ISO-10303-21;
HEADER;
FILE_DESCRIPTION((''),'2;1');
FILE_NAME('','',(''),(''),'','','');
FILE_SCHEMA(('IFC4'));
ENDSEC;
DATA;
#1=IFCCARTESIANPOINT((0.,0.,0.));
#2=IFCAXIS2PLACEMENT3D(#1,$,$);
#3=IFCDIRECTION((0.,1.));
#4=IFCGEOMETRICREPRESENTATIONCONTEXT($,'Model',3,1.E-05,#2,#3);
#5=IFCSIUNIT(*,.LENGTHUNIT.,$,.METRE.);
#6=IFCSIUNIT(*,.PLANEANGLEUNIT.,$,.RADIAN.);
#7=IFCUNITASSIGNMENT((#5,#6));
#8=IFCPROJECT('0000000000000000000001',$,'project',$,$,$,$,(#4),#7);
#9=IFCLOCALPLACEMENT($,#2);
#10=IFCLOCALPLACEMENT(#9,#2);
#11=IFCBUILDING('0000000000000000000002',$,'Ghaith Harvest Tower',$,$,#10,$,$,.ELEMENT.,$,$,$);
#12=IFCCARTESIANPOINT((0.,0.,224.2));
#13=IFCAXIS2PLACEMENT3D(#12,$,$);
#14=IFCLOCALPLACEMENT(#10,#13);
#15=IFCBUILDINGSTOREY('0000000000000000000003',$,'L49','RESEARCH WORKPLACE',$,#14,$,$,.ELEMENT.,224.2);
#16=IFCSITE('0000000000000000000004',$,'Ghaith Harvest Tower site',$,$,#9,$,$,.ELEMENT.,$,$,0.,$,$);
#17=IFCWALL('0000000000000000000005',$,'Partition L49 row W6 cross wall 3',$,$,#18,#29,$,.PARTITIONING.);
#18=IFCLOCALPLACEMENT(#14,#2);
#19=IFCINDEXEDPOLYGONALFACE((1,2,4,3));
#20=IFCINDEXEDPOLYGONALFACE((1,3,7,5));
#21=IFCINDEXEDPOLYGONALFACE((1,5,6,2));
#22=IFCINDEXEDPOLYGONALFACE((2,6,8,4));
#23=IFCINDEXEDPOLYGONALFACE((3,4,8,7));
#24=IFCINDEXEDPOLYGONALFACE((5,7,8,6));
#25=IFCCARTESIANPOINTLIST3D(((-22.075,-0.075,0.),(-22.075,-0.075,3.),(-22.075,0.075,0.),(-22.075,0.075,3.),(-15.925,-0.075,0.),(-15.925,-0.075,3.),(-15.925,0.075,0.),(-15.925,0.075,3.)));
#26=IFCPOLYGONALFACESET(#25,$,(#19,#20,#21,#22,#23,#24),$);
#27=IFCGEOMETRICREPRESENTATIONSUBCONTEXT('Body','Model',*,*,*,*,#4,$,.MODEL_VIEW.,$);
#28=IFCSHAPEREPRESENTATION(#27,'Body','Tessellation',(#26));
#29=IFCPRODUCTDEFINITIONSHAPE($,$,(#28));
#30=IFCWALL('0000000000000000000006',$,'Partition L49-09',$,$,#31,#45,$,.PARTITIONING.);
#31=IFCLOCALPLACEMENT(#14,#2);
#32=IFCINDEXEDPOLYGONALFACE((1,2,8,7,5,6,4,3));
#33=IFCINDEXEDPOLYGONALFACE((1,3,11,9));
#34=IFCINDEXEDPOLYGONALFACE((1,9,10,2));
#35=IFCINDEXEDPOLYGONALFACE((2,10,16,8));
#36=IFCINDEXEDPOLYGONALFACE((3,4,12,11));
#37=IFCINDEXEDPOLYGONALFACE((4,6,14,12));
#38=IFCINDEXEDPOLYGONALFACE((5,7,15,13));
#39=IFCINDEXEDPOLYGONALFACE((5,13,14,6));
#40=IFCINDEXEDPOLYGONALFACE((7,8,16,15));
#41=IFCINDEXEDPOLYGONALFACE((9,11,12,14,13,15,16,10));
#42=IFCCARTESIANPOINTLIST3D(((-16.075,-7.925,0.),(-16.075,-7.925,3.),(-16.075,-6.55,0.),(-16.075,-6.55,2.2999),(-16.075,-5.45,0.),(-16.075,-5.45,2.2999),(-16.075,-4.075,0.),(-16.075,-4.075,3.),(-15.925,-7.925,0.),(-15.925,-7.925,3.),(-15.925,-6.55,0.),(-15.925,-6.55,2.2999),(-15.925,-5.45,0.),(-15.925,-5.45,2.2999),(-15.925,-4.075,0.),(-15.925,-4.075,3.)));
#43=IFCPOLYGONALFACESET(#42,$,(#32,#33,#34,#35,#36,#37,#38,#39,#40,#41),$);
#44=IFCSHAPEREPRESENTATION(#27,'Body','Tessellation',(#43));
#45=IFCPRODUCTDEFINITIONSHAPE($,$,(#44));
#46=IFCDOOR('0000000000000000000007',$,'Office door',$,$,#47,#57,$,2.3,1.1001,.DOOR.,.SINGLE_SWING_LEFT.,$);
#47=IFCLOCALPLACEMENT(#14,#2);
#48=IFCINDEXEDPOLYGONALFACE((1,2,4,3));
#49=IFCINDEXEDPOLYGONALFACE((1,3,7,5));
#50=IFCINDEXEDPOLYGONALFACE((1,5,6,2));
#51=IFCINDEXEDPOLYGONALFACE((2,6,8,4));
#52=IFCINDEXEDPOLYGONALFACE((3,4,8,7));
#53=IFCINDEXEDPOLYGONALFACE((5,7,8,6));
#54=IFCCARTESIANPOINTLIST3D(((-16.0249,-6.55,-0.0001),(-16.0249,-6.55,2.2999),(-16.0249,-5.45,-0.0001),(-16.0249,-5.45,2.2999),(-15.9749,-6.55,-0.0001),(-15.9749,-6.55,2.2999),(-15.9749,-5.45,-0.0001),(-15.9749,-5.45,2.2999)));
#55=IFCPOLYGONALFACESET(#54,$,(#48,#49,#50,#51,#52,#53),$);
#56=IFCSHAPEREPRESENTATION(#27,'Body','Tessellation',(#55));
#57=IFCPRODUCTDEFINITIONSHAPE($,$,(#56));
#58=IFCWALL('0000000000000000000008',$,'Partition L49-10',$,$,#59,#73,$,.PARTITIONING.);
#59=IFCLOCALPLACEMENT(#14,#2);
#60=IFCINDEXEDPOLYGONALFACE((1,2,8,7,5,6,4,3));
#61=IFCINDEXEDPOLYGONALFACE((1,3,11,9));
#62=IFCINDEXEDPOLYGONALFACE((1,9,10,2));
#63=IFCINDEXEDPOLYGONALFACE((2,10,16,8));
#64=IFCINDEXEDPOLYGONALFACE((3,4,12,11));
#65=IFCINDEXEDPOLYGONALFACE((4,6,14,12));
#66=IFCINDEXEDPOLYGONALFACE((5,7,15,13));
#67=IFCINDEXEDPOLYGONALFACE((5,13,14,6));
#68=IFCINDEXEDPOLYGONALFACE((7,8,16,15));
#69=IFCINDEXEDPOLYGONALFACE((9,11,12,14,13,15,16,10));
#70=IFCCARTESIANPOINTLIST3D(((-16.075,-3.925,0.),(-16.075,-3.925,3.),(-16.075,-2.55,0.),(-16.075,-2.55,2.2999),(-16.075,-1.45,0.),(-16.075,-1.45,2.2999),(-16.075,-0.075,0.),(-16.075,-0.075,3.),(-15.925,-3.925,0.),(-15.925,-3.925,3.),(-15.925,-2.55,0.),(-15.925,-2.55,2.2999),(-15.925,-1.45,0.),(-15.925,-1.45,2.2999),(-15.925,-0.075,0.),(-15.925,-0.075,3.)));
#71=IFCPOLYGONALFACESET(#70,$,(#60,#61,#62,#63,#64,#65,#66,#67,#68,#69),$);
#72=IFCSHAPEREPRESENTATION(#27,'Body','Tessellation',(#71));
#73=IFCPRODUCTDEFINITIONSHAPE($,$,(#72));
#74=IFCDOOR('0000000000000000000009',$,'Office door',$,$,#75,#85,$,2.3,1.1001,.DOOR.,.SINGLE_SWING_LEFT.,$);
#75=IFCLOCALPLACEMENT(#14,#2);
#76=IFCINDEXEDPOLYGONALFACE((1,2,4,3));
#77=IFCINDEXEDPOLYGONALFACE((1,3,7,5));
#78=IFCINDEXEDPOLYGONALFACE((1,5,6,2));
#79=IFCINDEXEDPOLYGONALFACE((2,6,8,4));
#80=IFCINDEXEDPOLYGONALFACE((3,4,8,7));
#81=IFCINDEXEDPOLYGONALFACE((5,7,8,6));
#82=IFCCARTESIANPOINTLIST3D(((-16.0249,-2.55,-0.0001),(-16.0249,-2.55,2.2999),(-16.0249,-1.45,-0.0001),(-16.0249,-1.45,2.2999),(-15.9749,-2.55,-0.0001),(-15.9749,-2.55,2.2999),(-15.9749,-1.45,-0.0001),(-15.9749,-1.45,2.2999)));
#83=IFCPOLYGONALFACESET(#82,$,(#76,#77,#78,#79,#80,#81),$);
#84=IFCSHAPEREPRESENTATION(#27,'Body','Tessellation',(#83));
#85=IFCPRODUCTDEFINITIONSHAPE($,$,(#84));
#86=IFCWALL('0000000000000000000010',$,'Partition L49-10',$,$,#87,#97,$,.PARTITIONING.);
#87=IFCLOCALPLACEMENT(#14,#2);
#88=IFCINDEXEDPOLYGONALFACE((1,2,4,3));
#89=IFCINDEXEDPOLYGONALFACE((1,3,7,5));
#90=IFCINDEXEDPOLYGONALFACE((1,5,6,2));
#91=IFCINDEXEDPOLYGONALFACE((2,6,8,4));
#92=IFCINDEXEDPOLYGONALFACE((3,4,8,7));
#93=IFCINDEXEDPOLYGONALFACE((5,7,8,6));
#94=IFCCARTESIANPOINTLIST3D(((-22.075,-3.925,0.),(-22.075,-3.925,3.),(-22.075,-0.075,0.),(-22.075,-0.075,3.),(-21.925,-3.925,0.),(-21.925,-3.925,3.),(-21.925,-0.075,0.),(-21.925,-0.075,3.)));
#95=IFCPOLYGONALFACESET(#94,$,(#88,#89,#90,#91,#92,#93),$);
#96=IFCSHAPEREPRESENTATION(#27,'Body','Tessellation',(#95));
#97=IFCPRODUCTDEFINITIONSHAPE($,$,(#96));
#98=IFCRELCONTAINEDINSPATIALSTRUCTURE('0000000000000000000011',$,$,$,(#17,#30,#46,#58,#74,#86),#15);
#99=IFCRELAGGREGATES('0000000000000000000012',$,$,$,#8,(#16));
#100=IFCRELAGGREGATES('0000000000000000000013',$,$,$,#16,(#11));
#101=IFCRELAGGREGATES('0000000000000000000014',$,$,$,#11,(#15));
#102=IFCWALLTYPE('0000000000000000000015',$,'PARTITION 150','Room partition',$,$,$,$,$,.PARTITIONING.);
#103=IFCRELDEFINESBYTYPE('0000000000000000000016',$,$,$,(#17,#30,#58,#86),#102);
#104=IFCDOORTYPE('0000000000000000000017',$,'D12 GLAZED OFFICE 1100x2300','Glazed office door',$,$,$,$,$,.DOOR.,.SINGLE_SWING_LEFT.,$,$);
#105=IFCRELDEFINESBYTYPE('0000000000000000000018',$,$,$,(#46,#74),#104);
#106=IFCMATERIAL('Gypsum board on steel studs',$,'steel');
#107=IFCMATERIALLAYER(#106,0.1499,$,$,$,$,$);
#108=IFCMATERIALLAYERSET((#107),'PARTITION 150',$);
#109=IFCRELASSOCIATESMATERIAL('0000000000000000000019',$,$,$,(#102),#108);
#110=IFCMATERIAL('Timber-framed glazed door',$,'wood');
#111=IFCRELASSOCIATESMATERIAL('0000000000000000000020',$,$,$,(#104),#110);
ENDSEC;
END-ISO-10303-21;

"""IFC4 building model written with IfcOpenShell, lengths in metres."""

from ifc_helpers import new_model, si_unit, direction, frame, frame_2d, origin, place, context, subcontext, project, spatial, rectangle, extrude, material, layer, layer_set, type_object, element, fill, save


model = new_model("IFC4")

# Units and contexts
model_context = context("Model", 3, precision=1e-05, world=origin(), true_north=direction((0.0, 1.0)))
body_context = subcontext(model_context, "Body", "Model", "MODEL_VIEW")
ifc_project = project(units=[si_unit("LENGTHUNIT", "METRE"), si_unit("PLANEANGLEUNIT", "RADIAN")], contexts=[model_context])

# Site, building, storey
site_placement = place(None, origin())
site = spatial("IfcSite", under=ifc_project, at=site_placement, Name="Ghaith Harvest Tower site", CompositionType="ELEMENT", RefElevation=0.0)
building_placement = place(site_placement, origin())
building = spatial("IfcBuilding", under=site, at=building_placement, Name="Ghaith Harvest Tower", CompositionType="ELEMENT")
storey_placement = place(building_placement, frame((0.0, 0.0, 224.2)))
storey = spatial("IfcBuildingStorey", under=building, at=storey_placement, Name="L49", Description="RESEARCH WORKPLACE", CompositionType="ELEMENT", Elevation=224.2)

# Wall
ifc_material_1 = material(Name="Gypsum board on steel studs", Category="steel")
ifc_layer_1 = layer(ifc_material_1, 0.1499)
ifc_layer_set_1 = layer_set([ifc_layer_1], Name="PARTITION 150")
wall_type = type_object("IfcWallType", Name="PARTITION 150", Description="Room partition", PredefinedType="PARTITIONING", material=ifc_layer_set_1)
for number, where, z_axis, x_axis, name in (
    (1, (-15.925, 0.0, 0.0), (0.0, 0.0, 1.0), (-1.0, 0.0, 0.0), "Partition L49 row W6 cross wall 3"),
):
    element("IfcWall", number, at=place(storey_placement, frame(where, z_axis=z_axis, x_axis=x_axis)), inside=storey, type_object=wall_type, Name=name, PredefinedType="PARTITIONING", context=body_context, shape_type="SweptSolid", body=[
        extrude(rectangle(XDim=6.1499, YDim=0.1499, at=frame_2d((3.075, 0.0))), origin(), (0.0, 0.0, 1.0), 3.0),
    ])

# Walls, openings, doors
wall_1_placement = place(storey_placement, frame((-16.0, -7.925, 0.0), z_axis=(0.0, 0.0, 1.0), x_axis=(0.0, 1.0, 0.0)))
wall_1 = element("IfcWall", 2, at=wall_1_placement, inside=storey, type_object=wall_type, Name="Partition L49-09", PredefinedType="PARTITIONING", context=body_context, shape_type="SweptSolid", body=[
    extrude(rectangle(XDim=3.8501, YDim=0.1499, at=frame_2d((1.925, 0.0))), origin(), (0.0, 0.0, 1.0), 3.0),
])
opening_1_placement = place(wall_1_placement, frame((1.375, 0.0, 0.0)))
opening_1 = element("IfcOpeningElement", 3, at=opening_1_placement, cuts=wall_1, PredefinedType="OPENING", context=body_context, shape_type="SweptSolid", body=[
    extrude(rectangle(XDim=1.1001, YDim=2.3, at=frame_2d((0.55, 1.1499))), frame((0.0, 0.085, 0.0), z_axis=(0.0, -1.0, 0.0), x_axis=(1.0, 0.0, 0.0)), (0.0, 0.0, 1.0), 0.1699),
])
ifc_material_2 = material(Name="Timber-framed glazed door", Category="wood")
door_type = type_object("IfcDoorType", Name="D12 GLAZED OFFICE 1100x2300", Description="Glazed office door", OperationType="SINGLE_SWING_LEFT", PredefinedType="DOOR", material=ifc_material_2)
door_1_placement = place(opening_1_placement, origin())
door_1 = element("IfcDoor", 4, at=door_1_placement, inside=storey, type_object=door_type, Name="Office door", OperationType="SINGLE_SWING_LEFT", OverallHeight=2.3, OverallWidth=1.1001, PredefinedType="DOOR", context=body_context, shape_type="SweptSolid", body=[
    extrude(rectangle(XDim=1.1001, YDim=2.3, at=frame_2d((0.55, 1.1499))), frame((0.0, 0.0249, 0.0), z_axis=(0.0, -1.0, 0.0), x_axis=(1.0, 0.0, 0.0)), (0.0, 0.0, 1.0), 0.05),
])
fill(opening_1, door_1)
wall_2_placement = place(storey_placement, frame((-16.0, -3.925, 0.0), z_axis=(0.0, 0.0, 1.0), x_axis=(0.0, 1.0, 0.0)))
wall_2 = element("IfcWall", 5, at=wall_2_placement, inside=storey, type_object=wall_type, Name="Partition L49-10", PredefinedType="PARTITIONING", context=body_context, shape_type="SweptSolid", body=[
    extrude(rectangle(XDim=3.8501, YDim=0.1499, at=frame_2d((1.925, 0.0))), origin(), (0.0, 0.0, 1.0), 3.0),
])
opening_2_placement = place(wall_2_placement, frame((1.375, 0.0, 0.0)))
opening_2 = element("IfcOpeningElement", 6, at=opening_2_placement, cuts=wall_2, PredefinedType="OPENING", context=body_context, shape_type="SweptSolid", body=[
    extrude(rectangle(XDim=1.1001, YDim=2.3, at=frame_2d((0.55, 1.1499))), frame((0.0, 0.085, 0.0), z_axis=(0.0, -1.0, 0.0), x_axis=(1.0, 0.0, 0.0)), (0.0, 0.0, 1.0), 0.1699),
])
door_2_placement = place(opening_2_placement, origin())
door_2 = element("IfcDoor", 7, at=door_2_placement, inside=storey, type_object=door_type, Name="Office door", OperationType="SINGLE_SWING_LEFT", OverallHeight=2.3, OverallWidth=1.1001, PredefinedType="DOOR", context=body_context, shape_type="SweptSolid", body=[
    extrude(rectangle(XDim=1.1001, YDim=2.3, at=frame_2d((0.55, 1.1499))), frame((0.0, 0.0249, 0.0), z_axis=(0.0, -1.0, 0.0), x_axis=(1.0, 0.0, 0.0)), (0.0, 0.0, 1.0), 0.05),
])
fill(opening_2, door_2)

# Wall
wall_3_placement = place(storey_placement, frame((-22.0, -3.925, 0.0), z_axis=(0.0, 0.0, 1.0), x_axis=(0.0, 1.0, 0.0)))
element("IfcWall", 8, at=wall_3_placement, inside=storey, type_object=wall_type, Name="Partition L49-10", PredefinedType="PARTITIONING", context=body_context, shape_type="SweptSolid", body=[
    extrude(rectangle(XDim=3.8501, YDim=0.1499, at=frame_2d((1.925, 0.0))), origin(), (0.0, 0.0, 1.0), 3.0),
])

save(model, "model.ifc")
